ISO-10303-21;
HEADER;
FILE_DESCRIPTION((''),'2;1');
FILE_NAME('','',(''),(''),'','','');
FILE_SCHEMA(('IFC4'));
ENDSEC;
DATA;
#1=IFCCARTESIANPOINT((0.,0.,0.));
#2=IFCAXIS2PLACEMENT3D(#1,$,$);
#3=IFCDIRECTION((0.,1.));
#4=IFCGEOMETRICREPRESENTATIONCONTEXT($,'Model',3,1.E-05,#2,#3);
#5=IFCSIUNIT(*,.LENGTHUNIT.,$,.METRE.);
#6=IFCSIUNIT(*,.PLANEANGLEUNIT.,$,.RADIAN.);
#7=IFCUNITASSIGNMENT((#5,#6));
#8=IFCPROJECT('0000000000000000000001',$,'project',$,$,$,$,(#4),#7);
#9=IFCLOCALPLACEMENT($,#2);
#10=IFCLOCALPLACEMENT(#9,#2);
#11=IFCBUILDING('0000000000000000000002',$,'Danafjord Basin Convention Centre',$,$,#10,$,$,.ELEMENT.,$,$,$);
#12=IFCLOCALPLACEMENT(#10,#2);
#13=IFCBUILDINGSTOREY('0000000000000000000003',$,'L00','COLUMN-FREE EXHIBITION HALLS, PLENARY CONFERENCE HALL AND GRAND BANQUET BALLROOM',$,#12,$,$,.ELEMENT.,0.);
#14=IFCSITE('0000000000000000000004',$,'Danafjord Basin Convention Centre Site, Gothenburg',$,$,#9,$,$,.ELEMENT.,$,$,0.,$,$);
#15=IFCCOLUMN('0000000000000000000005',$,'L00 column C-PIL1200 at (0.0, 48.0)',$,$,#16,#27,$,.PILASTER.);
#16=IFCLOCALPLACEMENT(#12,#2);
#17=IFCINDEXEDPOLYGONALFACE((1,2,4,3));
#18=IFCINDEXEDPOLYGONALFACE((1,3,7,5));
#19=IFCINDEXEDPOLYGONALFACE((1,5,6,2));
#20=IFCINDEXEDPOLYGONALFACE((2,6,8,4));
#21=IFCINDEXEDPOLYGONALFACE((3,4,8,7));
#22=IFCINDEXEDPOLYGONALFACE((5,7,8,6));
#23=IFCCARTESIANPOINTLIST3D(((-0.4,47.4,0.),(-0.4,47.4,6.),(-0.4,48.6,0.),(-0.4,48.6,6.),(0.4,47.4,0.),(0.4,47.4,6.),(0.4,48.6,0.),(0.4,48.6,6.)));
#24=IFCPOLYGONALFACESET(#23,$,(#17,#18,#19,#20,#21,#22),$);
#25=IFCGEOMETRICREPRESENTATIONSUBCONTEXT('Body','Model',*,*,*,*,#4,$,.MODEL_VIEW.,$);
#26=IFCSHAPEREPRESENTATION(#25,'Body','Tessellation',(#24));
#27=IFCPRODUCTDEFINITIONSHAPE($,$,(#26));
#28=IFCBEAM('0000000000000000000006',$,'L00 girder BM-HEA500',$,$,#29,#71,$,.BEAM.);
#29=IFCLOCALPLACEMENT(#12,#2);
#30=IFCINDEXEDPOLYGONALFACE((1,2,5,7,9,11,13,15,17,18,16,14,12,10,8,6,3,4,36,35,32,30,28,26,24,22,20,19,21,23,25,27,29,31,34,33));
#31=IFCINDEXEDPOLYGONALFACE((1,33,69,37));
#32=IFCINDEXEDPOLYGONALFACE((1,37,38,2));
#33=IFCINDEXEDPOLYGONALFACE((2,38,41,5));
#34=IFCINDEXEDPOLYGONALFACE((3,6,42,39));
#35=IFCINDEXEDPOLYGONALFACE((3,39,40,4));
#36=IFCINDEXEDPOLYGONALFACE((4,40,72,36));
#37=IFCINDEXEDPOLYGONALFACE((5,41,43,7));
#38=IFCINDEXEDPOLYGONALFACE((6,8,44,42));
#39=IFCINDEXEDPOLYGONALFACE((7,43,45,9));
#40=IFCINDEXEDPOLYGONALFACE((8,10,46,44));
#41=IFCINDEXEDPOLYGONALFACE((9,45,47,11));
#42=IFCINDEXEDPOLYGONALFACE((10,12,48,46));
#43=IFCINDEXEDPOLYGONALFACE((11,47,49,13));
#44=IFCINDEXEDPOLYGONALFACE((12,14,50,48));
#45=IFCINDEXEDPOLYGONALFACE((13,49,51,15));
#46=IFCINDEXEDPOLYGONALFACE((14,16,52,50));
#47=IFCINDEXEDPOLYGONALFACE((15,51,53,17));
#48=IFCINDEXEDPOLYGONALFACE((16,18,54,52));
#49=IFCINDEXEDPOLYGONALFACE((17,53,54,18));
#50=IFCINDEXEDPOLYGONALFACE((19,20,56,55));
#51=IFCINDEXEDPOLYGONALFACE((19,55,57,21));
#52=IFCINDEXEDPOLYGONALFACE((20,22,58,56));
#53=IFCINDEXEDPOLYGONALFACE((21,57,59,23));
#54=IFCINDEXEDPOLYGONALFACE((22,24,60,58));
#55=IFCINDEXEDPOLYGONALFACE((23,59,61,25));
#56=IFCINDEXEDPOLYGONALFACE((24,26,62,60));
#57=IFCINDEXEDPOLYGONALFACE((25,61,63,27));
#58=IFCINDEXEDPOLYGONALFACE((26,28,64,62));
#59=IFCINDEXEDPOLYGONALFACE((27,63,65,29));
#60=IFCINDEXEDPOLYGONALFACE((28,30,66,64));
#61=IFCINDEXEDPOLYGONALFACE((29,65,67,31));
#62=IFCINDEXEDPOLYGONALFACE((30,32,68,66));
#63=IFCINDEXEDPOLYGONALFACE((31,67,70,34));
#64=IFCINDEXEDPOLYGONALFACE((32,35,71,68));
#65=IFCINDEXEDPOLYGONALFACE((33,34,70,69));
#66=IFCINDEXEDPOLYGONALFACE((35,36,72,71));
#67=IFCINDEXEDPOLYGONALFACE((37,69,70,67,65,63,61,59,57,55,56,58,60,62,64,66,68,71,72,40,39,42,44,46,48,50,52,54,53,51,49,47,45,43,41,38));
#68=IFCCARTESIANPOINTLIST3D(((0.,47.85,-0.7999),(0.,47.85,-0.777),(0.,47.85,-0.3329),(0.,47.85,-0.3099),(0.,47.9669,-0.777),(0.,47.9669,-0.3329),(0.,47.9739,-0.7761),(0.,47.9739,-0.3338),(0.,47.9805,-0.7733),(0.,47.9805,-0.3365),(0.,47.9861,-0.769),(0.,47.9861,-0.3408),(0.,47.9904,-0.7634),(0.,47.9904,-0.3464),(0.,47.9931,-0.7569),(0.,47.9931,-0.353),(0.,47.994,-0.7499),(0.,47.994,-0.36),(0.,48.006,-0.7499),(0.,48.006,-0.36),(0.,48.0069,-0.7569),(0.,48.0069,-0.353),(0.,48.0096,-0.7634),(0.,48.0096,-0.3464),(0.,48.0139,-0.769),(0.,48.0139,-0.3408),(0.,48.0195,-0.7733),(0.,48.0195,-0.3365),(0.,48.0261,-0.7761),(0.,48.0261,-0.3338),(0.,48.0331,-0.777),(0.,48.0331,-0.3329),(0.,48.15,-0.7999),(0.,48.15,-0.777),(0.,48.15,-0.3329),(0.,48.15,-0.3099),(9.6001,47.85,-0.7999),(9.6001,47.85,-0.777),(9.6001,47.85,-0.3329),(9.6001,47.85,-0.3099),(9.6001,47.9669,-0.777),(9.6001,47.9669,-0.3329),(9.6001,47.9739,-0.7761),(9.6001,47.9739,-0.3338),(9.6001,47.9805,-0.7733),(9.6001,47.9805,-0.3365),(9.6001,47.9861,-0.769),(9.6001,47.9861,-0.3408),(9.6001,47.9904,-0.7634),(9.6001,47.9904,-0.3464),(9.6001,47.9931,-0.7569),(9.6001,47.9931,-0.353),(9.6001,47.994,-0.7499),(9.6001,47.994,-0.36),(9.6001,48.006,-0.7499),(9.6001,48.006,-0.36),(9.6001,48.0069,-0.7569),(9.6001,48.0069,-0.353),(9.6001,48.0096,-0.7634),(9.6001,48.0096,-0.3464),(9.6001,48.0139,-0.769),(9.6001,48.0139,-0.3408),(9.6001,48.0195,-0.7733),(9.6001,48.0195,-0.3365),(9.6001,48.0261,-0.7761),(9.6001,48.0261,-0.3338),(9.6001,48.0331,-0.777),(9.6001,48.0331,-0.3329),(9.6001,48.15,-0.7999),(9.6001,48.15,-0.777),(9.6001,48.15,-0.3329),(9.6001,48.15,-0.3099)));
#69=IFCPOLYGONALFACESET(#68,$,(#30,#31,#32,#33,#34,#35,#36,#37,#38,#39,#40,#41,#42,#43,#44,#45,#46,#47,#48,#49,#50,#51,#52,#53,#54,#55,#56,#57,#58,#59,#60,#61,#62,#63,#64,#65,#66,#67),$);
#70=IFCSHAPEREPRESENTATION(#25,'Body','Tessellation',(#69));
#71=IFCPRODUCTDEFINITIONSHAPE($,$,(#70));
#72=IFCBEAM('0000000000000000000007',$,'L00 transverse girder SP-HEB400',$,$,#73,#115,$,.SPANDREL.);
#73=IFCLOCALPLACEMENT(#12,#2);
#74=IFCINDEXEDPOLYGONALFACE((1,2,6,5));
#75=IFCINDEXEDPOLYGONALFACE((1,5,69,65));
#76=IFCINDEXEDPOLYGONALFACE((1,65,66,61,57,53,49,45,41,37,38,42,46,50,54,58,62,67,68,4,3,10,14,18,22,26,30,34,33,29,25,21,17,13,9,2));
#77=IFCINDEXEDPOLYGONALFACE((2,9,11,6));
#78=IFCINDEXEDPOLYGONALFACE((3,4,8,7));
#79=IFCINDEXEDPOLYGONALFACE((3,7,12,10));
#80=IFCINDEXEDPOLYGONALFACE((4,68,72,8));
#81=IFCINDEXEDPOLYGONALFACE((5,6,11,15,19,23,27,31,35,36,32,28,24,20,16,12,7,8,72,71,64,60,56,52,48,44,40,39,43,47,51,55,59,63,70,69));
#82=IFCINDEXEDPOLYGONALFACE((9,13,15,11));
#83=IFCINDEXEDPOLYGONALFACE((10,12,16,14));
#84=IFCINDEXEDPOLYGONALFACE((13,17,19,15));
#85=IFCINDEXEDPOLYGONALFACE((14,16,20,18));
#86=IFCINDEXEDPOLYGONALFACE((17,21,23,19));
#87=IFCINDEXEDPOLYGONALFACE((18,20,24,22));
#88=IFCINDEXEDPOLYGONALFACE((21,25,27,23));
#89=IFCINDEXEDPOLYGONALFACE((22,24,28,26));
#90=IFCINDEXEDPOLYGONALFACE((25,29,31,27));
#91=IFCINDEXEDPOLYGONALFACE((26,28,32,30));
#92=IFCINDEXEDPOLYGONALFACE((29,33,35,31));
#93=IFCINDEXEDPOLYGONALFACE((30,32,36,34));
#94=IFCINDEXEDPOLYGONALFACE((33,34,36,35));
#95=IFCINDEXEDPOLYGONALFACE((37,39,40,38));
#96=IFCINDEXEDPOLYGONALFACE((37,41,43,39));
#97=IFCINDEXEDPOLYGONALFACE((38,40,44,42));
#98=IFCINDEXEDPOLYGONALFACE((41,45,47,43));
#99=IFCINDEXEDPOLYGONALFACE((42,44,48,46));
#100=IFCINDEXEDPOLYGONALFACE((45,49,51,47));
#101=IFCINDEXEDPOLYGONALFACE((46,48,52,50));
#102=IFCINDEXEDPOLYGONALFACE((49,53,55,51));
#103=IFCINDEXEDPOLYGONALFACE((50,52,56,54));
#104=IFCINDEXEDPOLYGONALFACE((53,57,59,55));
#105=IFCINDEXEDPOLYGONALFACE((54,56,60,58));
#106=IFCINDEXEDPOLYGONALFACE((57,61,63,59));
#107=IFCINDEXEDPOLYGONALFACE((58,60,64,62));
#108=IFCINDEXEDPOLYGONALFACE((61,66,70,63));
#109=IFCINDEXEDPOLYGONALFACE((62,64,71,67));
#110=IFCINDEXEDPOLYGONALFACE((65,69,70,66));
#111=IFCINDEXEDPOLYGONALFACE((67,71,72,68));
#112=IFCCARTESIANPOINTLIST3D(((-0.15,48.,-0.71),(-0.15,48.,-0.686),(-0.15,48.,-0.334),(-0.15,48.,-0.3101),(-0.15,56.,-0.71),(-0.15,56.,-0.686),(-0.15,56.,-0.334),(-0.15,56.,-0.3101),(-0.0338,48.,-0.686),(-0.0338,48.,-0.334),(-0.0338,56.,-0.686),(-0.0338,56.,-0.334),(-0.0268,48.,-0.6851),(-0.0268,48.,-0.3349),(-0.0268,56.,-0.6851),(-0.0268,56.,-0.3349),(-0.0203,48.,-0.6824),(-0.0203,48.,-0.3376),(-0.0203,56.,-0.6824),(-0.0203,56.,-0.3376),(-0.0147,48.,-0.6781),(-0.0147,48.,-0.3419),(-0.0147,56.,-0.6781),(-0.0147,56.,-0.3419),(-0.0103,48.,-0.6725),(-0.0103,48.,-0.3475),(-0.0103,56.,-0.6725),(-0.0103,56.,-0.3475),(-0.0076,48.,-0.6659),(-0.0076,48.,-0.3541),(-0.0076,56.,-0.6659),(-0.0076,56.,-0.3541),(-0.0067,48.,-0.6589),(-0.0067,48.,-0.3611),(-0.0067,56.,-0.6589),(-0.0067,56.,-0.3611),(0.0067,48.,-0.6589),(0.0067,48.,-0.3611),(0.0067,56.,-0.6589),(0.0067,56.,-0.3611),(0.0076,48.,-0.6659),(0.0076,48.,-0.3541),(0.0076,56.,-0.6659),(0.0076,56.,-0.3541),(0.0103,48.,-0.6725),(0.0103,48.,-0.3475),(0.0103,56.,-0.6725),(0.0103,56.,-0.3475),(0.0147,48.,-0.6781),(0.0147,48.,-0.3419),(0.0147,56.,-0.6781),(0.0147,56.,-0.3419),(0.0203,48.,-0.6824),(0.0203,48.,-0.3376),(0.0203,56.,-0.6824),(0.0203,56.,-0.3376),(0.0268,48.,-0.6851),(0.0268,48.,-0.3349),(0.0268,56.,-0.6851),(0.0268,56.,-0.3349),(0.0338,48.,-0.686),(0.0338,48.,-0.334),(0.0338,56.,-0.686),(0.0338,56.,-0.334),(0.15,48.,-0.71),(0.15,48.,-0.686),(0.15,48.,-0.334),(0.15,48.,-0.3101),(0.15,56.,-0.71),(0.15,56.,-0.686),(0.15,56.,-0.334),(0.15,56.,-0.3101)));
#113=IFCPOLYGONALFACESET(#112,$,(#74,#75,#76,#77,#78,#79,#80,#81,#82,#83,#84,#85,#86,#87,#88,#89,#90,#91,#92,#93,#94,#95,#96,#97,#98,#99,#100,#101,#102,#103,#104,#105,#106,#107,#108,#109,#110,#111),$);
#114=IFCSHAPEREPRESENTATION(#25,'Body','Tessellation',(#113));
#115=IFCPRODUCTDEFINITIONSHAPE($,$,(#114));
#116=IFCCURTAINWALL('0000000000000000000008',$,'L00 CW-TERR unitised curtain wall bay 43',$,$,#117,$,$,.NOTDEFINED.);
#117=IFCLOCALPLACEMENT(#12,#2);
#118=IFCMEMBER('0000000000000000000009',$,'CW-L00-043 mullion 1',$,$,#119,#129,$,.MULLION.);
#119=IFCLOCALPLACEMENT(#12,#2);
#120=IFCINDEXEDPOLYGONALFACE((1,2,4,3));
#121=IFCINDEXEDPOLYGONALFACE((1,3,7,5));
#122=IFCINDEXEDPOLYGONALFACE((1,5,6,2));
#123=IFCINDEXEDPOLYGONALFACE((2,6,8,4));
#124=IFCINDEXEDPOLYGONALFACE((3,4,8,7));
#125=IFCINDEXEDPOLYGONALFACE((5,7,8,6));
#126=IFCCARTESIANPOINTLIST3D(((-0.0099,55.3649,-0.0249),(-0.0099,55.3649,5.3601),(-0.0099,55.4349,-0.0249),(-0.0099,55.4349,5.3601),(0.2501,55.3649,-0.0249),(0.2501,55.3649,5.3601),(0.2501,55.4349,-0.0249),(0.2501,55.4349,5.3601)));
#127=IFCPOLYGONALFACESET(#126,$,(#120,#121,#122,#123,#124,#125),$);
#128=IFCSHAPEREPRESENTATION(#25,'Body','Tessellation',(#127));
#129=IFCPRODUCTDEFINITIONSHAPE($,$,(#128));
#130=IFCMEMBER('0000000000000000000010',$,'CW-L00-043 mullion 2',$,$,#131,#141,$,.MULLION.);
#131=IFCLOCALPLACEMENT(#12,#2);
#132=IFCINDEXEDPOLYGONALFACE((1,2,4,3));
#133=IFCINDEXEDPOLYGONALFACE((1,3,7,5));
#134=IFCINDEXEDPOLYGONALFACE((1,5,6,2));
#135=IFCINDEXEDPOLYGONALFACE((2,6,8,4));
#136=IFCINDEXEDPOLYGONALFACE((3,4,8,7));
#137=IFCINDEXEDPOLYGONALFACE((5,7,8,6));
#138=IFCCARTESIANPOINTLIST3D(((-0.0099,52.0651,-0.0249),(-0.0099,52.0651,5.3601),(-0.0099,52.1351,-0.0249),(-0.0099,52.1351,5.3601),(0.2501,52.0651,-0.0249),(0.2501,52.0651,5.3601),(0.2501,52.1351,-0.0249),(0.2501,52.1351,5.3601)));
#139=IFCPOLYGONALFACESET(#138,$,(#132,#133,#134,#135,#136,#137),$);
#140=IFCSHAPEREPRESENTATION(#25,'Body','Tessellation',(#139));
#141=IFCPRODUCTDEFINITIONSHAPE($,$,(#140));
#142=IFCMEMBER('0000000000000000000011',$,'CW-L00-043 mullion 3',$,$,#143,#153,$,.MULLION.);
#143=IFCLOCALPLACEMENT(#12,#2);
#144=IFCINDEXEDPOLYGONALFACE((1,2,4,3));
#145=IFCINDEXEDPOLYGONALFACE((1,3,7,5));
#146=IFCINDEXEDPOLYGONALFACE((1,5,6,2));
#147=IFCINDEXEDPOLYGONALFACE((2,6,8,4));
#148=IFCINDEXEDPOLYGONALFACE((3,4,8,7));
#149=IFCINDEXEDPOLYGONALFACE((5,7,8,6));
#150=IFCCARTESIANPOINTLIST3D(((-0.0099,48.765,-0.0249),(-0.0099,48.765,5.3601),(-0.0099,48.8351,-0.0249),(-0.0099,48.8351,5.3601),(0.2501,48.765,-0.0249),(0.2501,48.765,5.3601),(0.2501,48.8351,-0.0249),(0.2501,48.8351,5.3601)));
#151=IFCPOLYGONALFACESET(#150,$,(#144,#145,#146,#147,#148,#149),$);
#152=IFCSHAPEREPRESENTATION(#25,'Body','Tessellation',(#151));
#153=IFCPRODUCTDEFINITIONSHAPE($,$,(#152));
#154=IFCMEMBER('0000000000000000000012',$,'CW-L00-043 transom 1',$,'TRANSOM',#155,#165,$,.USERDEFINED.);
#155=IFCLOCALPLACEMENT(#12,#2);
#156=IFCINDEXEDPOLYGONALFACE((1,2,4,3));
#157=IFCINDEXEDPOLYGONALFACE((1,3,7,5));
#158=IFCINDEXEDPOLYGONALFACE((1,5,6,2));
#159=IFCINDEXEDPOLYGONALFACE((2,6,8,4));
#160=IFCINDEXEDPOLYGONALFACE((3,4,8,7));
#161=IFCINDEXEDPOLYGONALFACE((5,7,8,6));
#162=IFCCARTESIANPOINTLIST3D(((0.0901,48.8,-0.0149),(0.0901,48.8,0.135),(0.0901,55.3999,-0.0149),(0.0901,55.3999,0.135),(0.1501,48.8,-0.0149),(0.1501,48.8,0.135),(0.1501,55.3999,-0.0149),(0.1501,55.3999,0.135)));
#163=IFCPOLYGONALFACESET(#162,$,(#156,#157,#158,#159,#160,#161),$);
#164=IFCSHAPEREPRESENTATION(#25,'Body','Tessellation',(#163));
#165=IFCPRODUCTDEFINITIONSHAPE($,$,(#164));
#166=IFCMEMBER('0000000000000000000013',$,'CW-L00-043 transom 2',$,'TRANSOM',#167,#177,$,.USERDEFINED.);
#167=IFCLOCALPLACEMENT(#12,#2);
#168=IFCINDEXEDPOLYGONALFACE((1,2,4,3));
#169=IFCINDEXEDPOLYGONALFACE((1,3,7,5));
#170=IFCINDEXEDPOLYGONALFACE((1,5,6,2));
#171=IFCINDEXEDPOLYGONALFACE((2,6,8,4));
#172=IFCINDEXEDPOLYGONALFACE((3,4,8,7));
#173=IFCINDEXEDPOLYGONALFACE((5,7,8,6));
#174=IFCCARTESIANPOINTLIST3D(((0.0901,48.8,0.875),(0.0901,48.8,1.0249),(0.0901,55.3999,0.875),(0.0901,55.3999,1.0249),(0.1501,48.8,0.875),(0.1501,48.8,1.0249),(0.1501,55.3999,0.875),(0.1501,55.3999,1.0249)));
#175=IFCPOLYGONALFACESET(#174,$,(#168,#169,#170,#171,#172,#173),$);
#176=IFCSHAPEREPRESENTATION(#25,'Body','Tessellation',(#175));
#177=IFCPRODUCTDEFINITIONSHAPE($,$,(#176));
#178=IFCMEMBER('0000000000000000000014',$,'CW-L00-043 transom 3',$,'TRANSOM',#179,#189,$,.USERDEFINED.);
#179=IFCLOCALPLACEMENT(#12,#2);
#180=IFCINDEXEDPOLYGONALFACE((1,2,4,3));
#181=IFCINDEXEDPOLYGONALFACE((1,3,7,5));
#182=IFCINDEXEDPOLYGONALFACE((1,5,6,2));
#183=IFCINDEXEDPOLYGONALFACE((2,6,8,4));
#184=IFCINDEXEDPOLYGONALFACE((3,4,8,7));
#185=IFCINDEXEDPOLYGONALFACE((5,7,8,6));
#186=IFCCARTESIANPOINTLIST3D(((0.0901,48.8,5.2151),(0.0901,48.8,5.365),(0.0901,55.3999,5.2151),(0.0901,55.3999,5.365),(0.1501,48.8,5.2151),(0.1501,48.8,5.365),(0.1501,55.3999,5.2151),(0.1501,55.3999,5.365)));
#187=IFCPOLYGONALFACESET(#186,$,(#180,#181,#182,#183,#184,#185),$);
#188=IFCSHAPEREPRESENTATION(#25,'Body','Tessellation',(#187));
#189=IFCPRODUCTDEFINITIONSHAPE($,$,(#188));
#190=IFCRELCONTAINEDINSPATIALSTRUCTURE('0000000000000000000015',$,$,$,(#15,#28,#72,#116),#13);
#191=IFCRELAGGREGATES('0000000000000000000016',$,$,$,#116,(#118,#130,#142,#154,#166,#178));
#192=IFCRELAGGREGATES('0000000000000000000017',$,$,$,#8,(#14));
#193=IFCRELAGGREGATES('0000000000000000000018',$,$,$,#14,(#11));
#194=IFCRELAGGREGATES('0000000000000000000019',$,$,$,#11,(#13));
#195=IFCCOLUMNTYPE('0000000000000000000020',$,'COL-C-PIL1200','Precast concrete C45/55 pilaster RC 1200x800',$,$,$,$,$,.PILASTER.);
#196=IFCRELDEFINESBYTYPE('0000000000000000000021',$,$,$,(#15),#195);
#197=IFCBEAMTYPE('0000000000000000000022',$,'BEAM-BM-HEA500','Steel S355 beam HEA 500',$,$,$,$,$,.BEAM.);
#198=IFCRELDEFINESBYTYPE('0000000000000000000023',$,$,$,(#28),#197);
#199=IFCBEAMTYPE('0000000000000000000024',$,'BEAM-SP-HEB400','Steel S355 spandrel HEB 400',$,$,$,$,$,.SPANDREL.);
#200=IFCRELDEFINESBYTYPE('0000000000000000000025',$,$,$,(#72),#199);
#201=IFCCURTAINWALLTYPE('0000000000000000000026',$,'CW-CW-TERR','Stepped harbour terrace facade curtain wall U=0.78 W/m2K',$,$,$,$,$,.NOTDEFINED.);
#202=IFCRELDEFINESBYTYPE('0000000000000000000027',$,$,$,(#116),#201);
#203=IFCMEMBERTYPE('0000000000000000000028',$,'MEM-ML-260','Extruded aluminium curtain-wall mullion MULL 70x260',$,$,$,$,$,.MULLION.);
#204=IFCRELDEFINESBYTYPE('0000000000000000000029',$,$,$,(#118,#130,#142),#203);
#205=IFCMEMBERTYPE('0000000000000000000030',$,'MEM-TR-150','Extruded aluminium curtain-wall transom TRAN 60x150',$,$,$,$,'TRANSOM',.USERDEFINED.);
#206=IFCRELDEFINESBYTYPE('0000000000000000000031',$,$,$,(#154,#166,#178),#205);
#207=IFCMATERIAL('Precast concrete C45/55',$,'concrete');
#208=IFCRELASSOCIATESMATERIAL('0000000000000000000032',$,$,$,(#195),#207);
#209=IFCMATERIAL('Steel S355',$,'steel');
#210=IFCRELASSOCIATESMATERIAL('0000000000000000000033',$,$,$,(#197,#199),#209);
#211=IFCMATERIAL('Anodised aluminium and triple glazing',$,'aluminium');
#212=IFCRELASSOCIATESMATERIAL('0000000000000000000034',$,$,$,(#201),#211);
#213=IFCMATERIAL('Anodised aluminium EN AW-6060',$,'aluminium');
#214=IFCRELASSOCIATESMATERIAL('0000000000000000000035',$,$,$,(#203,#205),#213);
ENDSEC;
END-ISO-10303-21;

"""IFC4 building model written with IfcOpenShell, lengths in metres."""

from ifc_helpers import new_model, si_unit, direction, frame, origin, origin_2d, place, context, subcontext, project, spatial, rectangle, i_section, extrude, material, material_profile, profile_set, type_object, element, aggregate, save


model = new_model("IFC4")

# Units and contexts
model_context = context("Model", 3, precision=1e-05, world=origin(), true_north=direction((0.0, 1.0)))
body_context = subcontext(model_context, "Body", "Model", "MODEL_VIEW")
ifc_project = project(units=[si_unit("LENGTHUNIT", "METRE"), si_unit("PLANEANGLEUNIT", "RADIAN")], contexts=[model_context])

# Site, building, storey
site_placement = place(None, origin())
site = spatial("IfcSite", under=ifc_project, at=site_placement, Name="Danafjord Basin Convention Centre Site, Gothenburg", CompositionType="ELEMENT", RefElevation=0.0)
building_placement = place(site_placement, origin())
building = spatial("IfcBuilding", under=site, at=building_placement, Name="Danafjord Basin Convention Centre", CompositionType="ELEMENT")
storey_placement = place(building_placement, origin())
storey = spatial("IfcBuildingStorey", under=building, at=storey_placement, Name="L00", Description="COLUMN-FREE EXHIBITION HALLS, PLENARY CONFERENCE HALL AND GRAND BANQUET BALLROOM", CompositionType="ELEMENT", Elevation=0.0)

# Column
ifc_material_1 = material(Name="Precast concrete C45/55", Category="concrete")
ifc_material_profile_1 = material_profile(ifc_material_1, rectangle(XDim=0.8, YDim=1.2, at=origin_2d()), Name="RC 1200x800")
ifc_profile_set_1 = profile_set([ifc_material_profile_1], Name="Precast concrete C45/55")
column_type = type_object("IfcColumnType", Name="COL-C-PIL1200", Description="Precast concrete C45/55 pilaster RC 1200x800", PredefinedType="PILASTER", material=ifc_profile_set_1)
column_placement = place(storey_placement, frame((0.0, 48.0, 0.0), z_axis=(0.0, 0.0, 1.0), x_axis=(1.0, 0.0, 0.0)))
element("IfcColumn", 1, at=column_placement, inside=storey, type_object=column_type, Name="L00 column C-PIL1200 at (0.0, 48.0)", PredefinedType="PILASTER", context=body_context, shape_type="SweptSolid", body=[
    extrude(rectangle(XDim=0.8, YDim=1.2, at=origin_2d()), origin(), (0.0, 0.0, 1.0), 6.0),
])

# Beams
ifc_material_2 = material(Name="Steel S355", Category="steel")
ifc_material_profile_2 = material_profile(ifc_material_2, i_section(OverallWidth=0.3, OverallDepth=0.49, WebThickness=0.012, FlangeThickness=0.0229, FilletRadius=0.0271, at=origin_2d()), Name="HEA 500")
ifc_profile_set_2 = profile_set([ifc_material_profile_2], Name="Steel S355")
beam_type_1 = type_object("IfcBeamType", Name="BEAM-BM-HEA500", Description="Steel S355 beam HEA 500", PredefinedType="BEAM", material=ifc_profile_set_2)
beam_1_placement = place(storey_placement, frame((0.0, 48.0, -0.5549), z_axis=(1.0, 0.0, 0.0), x_axis=(0.0, 1.0, 0.0)))
element("IfcBeam", 2, at=beam_1_placement, inside=storey, type_object=beam_type_1, Name="L00 girder BM-HEA500", PredefinedType="BEAM", context=body_context, shape_type="SweptSolid", body=[
    extrude(i_section(OverallWidth=0.3, OverallDepth=0.49, WebThickness=0.012, FlangeThickness=0.0229, FilletRadius=0.0271, at=origin_2d()), origin(), (0.0, 0.0, 1.0), 9.6001),
])
ifc_material_profile_3 = material_profile(ifc_material_2, i_section(OverallWidth=0.3, OverallDepth=0.3999, WebThickness=0.0134, FlangeThickness=0.0239, FilletRadius=0.0271, at=origin_2d()), Name="HEB 400")
ifc_profile_set_3 = profile_set([ifc_material_profile_3], Name="Steel S355")
beam_type_2 = type_object("IfcBeamType", Name="BEAM-SP-HEB400", Description="Steel S355 spandrel HEB 400", PredefinedType="SPANDREL", material=ifc_profile_set_3)
beam_2_placement = place(storey_placement, frame((0.0, 48.0, -0.51), z_axis=(0.0, 1.0, 0.0), x_axis=(-1.0, 0.0, 0.0)))
element("IfcBeam", 3, at=beam_2_placement, inside=storey, type_object=beam_type_2, Name="L00 transverse girder SP-HEB400", PredefinedType="SPANDREL", context=body_context, shape_type="SweptSolid", body=[
    extrude(i_section(OverallWidth=0.3, OverallDepth=0.3999, WebThickness=0.0134, FlangeThickness=0.0239, FilletRadius=0.0271, at=origin_2d()), origin(), (0.0, 0.0, 1.0), 8.0),
])

# Curtain wall, members
ifc_material_3 = material(Name="Anodised aluminium and triple glazing", Category="aluminium")
curtain_wall_type = type_object("IfcCurtainWallType", Name="CW-CW-TERR", Description="Stepped harbour terrace facade curtain wall U=0.78 W/m2K", PredefinedType="NOTDEFINED", material=ifc_material_3)
curtain_wall_placement = place(storey_placement, origin())
curtain_wall = element("IfcCurtainWall", 4, at=curtain_wall_placement, inside=storey, type_object=curtain_wall_type, Name="L00 CW-TERR unitised curtain wall bay 43", PredefinedType="NOTDEFINED")
ifc_material_4 = material(Name="Anodised aluminium EN AW-6060", Category="aluminium")
ifc_material_profile_4 = material_profile(ifc_material_4, rectangle(XDim=0.0701, YDim=0.26, at=origin_2d()), Name="MULL 70x260")
ifc_profile_set_4 = profile_set([ifc_material_profile_4], Name="Anodised aluminium EN AW-6060")
member_type_1 = type_object("IfcMemberType", Name="MEM-ML-260", Description="Extruded aluminium curtain-wall mullion MULL 70x260", PredefinedType="MULLION", material=ifc_profile_set_4)
member_1_placement = place(storey_placement, frame((0.1201, 55.3999, -0.0249), z_axis=(0.0, 0.0, 1.0), x_axis=(0.0, -1.0, 0.0)))
member_1 = element("IfcMember", 5, at=member_1_placement, type_object=member_type_1, Name="CW-L00-043 mullion 1", PredefinedType="MULLION", context=body_context, shape_type="SweptSolid", body=[
    extrude(rectangle(XDim=0.0701, YDim=0.26, at=origin_2d()), origin(), (0.0, 0.0, 1.0), 5.385),
])
member_2_placement = place(storey_placement, frame((0.1201, 52.1001, -0.0249), z_axis=(0.0, 0.0, 1.0), x_axis=(0.0, -1.0, 0.0)))
member_2 = element("IfcMember", 6, at=member_2_placement, type_object=member_type_1, Name="CW-L00-043 mullion 2", PredefinedType="MULLION", context=body_context, shape_type="SweptSolid", body=[
    extrude(rectangle(XDim=0.0701, YDim=0.26, at=origin_2d()), origin(), (0.0, 0.0, 1.0), 5.385),
])
member_3_placement = place(storey_placement, frame((0.1201, 48.8, -0.0249), z_axis=(0.0, 0.0, 1.0), x_axis=(0.0, -1.0, 0.0)))
member_3 = element("IfcMember", 7, at=member_3_placement, type_object=member_type_1, Name="CW-L00-043 mullion 3", PredefinedType="MULLION", context=body_context, shape_type="SweptSolid", body=[
    extrude(rectangle(XDim=0.0701, YDim=0.26, at=origin_2d()), origin(), (0.0, 0.0, 1.0), 5.385),
])
ifc_material_profile_5 = material_profile(ifc_material_4, rectangle(XDim=0.0601, YDim=0.1499, at=origin_2d()), Name="TRAN 60x150")
ifc_profile_set_5 = profile_set([ifc_material_profile_5], Name="Anodised aluminium EN AW-6060")
member_type_2 = type_object("IfcMemberType", Name="MEM-TR-150", Description="Extruded aluminium curtain-wall transom TRAN 60x150", ElementType="TRANSOM", PredefinedType="USERDEFINED", material=ifc_profile_set_5)
member_4_placement = place(storey_placement, frame((0.1201, 55.3999, 0.0601), z_axis=(0.0, -1.0, 0.0), x_axis=(1.0, 0.0, 0.0)))
member_4 = element("IfcMember", 8, at=member_4_placement, type_object=member_type_2, Name="CW-L00-043 transom 1", ObjectType="TRANSOM", PredefinedType="USERDEFINED", context=body_context, shape_type="SweptSolid", body=[
    extrude(rectangle(XDim=0.0601, YDim=0.1499, at=origin_2d()), origin(), (0.0, 0.0, 1.0), 6.5999),
])
member_5_placement = place(storey_placement, frame((0.1201, 55.3999, 0.95), z_axis=(0.0, -1.0, 0.0), x_axis=(1.0, 0.0, 0.0)))
member_5 = element("IfcMember", 9, at=member_5_placement, type_object=member_type_2, Name="CW-L00-043 transom 2", ObjectType="TRANSOM", PredefinedType="USERDEFINED", context=body_context, shape_type="SweptSolid", body=[
    extrude(rectangle(XDim=0.0601, YDim=0.1499, at=origin_2d()), origin(), (0.0, 0.0, 1.0), 6.5999),
])
member_6_placement = place(storey_placement, frame((0.1201, 55.3999, 5.29), z_axis=(0.0, -1.0, 0.0), x_axis=(1.0, 0.0, 0.0)))
member_6 = element("IfcMember", 10, at=member_6_placement, type_object=member_type_2, Name="CW-L00-043 transom 3", ObjectType="TRANSOM", PredefinedType="USERDEFINED", context=body_context, shape_type="SweptSolid", body=[
    extrude(rectangle(XDim=0.0601, YDim=0.1499, at=origin_2d()), origin(), (0.0, 0.0, 1.0), 6.5999),
])
aggregate(curtain_wall, [member_1, member_2, member_3, member_4, member_5, member_6])

save(model, "model.ifc")
